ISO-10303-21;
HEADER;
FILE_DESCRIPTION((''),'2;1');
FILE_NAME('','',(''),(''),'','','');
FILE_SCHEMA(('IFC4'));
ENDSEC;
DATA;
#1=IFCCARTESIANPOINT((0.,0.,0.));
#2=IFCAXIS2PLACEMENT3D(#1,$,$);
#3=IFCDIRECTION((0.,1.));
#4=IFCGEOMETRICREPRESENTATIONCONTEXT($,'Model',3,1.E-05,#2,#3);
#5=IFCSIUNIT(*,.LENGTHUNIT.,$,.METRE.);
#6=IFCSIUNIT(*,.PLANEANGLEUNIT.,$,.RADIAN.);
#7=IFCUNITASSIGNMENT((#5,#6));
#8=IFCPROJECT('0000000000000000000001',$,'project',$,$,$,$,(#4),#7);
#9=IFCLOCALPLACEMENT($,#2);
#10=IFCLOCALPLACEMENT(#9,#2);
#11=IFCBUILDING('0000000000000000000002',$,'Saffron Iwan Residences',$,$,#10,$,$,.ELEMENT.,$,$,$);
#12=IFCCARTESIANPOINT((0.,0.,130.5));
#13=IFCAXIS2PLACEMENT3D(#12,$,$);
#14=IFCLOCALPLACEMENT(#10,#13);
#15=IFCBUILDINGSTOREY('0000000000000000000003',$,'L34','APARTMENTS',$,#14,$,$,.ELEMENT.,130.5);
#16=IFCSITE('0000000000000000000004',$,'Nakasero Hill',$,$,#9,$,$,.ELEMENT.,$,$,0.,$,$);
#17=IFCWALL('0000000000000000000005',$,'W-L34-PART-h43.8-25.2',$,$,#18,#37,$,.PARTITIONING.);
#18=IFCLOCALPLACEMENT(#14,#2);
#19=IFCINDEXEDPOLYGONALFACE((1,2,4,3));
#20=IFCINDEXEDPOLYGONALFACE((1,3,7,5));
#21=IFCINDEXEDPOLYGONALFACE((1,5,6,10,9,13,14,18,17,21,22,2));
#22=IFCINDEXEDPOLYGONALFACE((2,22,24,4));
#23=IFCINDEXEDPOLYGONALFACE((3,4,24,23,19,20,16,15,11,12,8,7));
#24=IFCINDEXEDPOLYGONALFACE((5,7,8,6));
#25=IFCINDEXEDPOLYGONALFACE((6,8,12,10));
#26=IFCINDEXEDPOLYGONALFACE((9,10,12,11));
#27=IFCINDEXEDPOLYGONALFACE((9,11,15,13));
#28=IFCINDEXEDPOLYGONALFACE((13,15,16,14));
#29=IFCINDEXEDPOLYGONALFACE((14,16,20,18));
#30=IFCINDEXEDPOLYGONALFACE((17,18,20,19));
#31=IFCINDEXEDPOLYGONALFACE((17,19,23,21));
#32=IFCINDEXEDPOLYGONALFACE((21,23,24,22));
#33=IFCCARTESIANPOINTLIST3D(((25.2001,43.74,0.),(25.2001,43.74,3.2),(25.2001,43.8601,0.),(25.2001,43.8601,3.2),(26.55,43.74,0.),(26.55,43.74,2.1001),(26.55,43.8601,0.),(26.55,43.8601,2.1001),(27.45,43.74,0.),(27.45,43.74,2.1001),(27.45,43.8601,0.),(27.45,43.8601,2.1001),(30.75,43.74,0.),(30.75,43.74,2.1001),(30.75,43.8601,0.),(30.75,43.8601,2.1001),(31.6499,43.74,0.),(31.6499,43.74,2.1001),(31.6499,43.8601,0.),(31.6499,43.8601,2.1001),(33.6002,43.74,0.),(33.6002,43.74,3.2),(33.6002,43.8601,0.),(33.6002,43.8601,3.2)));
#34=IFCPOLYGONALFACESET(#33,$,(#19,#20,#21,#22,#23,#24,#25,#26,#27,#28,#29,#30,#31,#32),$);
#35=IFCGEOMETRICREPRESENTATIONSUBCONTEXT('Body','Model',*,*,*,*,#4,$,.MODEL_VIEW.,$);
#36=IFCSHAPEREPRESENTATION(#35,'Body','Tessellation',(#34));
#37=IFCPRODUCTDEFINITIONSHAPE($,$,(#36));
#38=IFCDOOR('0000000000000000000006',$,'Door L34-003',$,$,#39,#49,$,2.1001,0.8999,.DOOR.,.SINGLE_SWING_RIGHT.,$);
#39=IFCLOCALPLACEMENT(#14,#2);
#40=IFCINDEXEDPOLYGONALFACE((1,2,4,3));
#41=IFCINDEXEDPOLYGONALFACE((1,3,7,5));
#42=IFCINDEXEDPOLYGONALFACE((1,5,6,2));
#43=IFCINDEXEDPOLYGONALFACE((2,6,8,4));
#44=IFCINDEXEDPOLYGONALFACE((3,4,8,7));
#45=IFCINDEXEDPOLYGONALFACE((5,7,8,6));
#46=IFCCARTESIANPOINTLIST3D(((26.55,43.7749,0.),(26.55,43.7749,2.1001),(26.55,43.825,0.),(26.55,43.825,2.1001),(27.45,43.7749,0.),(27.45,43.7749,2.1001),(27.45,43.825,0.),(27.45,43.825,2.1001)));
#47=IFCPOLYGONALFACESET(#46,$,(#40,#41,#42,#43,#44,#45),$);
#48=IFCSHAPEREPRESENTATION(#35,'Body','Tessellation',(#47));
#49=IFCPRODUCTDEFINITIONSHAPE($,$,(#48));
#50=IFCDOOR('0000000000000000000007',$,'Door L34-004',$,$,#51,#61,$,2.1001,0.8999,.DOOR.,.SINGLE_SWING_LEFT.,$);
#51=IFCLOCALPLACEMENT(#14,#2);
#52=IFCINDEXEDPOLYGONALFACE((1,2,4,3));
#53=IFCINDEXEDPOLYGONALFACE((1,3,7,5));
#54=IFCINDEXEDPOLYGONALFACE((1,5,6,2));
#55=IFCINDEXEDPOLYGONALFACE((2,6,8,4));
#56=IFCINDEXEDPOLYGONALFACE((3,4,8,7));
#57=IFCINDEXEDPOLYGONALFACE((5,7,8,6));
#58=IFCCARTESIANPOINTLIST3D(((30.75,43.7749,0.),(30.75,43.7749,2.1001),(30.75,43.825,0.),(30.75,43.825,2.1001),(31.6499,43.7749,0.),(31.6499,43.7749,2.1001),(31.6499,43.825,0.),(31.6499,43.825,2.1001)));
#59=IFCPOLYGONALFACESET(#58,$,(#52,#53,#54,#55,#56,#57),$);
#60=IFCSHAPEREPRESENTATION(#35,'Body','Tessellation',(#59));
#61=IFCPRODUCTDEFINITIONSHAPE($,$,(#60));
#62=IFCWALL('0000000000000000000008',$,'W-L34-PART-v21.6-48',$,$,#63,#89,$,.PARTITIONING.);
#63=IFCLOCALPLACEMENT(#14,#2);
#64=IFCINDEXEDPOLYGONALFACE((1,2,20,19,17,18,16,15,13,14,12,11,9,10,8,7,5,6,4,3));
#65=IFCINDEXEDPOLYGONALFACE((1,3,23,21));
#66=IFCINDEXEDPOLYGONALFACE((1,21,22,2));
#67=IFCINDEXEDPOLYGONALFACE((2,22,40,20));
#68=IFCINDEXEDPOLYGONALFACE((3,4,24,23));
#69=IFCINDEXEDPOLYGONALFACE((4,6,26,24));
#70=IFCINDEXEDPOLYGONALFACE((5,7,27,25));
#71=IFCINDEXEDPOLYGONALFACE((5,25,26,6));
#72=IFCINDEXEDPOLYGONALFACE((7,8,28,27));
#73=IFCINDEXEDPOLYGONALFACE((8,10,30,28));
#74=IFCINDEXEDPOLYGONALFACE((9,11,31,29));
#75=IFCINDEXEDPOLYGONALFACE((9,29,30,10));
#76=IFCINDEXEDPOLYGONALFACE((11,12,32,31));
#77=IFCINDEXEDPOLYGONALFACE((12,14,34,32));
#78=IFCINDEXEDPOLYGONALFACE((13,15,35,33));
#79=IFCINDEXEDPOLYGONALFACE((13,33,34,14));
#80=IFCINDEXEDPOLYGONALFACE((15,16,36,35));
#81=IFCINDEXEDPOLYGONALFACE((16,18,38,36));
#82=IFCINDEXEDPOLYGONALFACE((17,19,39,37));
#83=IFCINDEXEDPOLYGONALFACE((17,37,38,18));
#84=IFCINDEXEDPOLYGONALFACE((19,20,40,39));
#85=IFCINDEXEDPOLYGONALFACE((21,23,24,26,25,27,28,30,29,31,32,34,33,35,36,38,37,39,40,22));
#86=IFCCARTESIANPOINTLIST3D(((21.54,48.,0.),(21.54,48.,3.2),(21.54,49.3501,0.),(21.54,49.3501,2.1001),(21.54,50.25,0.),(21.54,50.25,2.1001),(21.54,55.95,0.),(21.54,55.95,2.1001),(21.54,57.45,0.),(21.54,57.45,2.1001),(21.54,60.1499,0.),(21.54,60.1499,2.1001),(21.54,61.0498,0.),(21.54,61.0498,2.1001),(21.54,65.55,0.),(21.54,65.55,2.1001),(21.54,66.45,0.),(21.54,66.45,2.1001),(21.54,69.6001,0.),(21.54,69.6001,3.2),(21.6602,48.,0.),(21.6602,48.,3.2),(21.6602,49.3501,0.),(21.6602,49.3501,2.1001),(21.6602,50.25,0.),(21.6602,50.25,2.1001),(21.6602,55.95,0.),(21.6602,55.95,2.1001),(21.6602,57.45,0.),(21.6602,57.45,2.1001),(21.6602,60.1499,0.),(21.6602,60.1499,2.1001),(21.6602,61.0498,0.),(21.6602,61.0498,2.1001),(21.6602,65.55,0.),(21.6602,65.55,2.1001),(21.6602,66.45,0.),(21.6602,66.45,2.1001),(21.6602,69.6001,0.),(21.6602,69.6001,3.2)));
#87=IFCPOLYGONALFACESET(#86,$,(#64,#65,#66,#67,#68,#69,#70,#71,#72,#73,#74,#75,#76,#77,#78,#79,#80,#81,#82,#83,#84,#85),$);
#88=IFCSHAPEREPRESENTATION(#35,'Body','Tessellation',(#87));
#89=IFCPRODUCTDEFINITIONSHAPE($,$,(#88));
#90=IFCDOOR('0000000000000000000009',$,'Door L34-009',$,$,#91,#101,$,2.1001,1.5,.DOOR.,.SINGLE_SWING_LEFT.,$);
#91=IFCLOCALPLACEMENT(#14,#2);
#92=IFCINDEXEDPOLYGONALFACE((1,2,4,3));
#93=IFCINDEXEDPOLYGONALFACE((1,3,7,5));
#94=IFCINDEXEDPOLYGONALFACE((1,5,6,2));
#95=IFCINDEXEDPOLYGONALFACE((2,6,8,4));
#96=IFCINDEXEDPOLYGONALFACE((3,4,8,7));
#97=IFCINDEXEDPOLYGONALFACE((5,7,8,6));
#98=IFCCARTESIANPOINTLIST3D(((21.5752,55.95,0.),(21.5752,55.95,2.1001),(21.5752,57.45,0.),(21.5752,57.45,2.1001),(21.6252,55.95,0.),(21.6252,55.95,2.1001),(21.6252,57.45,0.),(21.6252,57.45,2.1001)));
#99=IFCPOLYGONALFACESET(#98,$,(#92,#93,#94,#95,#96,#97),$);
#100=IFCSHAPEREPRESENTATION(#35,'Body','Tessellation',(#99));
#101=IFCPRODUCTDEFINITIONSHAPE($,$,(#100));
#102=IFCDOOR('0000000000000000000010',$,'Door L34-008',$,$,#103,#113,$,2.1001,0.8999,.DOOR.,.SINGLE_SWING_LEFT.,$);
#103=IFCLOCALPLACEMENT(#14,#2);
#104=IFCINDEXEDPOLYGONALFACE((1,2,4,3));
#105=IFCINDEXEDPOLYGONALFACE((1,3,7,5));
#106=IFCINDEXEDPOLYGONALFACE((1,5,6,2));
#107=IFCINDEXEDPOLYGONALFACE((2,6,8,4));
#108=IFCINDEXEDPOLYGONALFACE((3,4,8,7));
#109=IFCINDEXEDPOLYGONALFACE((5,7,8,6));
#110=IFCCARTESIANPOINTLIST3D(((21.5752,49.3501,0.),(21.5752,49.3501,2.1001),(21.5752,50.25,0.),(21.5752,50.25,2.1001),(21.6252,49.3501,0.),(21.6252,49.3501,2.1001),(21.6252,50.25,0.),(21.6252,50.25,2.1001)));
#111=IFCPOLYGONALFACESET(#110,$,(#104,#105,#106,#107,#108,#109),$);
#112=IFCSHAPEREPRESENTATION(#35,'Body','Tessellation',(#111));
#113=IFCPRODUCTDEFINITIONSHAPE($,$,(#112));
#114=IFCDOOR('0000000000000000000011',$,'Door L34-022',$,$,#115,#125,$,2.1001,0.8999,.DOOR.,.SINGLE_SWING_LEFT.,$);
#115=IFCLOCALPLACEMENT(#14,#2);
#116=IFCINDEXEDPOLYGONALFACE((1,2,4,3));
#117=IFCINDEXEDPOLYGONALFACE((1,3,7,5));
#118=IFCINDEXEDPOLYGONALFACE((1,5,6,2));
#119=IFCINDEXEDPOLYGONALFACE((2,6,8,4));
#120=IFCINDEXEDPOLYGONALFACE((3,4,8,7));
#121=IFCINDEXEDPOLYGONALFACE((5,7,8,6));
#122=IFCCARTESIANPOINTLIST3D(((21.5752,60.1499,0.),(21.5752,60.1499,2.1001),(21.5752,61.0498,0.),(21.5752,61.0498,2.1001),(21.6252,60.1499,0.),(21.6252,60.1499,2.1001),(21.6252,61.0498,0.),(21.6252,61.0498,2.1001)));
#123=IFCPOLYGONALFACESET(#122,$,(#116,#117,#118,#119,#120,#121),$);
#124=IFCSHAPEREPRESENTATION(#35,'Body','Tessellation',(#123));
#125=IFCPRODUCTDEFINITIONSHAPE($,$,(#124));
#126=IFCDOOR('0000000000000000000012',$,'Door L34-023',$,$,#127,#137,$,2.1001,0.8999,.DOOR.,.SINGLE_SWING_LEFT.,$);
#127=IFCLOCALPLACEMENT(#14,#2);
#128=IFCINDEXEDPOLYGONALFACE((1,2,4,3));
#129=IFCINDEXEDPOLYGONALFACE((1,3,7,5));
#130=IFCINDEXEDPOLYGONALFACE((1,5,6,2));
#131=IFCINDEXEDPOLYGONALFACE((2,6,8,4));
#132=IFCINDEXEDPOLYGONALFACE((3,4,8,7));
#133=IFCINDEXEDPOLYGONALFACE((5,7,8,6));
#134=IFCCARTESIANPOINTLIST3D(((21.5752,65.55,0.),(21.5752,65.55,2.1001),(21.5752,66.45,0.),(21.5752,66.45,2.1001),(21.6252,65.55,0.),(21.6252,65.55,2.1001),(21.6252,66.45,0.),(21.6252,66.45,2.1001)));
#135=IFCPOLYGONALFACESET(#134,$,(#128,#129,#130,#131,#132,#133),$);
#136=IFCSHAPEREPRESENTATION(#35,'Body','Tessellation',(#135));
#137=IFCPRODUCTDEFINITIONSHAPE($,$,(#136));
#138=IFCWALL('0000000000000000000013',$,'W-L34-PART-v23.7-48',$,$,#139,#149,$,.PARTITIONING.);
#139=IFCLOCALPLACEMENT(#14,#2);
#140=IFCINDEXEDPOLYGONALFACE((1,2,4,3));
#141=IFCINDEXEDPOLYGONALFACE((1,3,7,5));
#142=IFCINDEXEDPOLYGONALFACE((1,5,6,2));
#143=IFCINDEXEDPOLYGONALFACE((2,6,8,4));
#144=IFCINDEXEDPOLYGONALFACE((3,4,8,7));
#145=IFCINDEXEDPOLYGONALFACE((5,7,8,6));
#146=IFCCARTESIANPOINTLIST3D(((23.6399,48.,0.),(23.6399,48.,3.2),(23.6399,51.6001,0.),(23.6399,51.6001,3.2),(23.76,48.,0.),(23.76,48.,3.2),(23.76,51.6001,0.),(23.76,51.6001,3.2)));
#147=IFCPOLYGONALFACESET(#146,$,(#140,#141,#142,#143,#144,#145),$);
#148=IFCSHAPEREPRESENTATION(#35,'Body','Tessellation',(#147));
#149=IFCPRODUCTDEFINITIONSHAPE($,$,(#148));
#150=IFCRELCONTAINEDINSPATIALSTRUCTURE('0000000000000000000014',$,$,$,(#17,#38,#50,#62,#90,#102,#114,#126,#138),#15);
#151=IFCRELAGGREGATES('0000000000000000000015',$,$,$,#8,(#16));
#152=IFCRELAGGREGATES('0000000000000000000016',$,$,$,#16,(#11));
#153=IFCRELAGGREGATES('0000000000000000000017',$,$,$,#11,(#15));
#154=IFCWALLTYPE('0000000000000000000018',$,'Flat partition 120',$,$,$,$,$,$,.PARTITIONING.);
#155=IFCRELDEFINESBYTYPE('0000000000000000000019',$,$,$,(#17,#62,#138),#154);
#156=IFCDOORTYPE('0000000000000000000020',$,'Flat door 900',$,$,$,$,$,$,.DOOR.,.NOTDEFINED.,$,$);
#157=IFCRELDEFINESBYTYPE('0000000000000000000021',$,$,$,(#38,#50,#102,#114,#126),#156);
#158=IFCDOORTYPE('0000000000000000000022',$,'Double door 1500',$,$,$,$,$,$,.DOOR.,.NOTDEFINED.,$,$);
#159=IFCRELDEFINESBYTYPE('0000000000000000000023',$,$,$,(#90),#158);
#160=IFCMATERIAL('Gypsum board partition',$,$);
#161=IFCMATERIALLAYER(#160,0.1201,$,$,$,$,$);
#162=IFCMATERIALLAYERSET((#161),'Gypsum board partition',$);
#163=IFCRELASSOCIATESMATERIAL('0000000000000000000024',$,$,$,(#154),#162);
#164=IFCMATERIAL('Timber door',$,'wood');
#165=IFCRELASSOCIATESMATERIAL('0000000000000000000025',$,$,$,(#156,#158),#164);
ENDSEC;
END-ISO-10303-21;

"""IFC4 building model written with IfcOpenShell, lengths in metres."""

from ifc_helpers import new_model, si_unit, direction, frame, frame_2d, origin, place, context, subcontext, project, spatial, rectangle, extrude, material, layer, layer_set, type_object, element, fill, save


model = new_model("IFC4")

# Units and contexts
model_context = context("Model", 3, precision=1e-05, world=origin(), true_north=direction((0.0, 1.0)))
body_context = subcontext(model_context, "Body", "Model", "MODEL_VIEW")
ifc_project = project(units=[si_unit("LENGTHUNIT", "METRE"), si_unit("PLANEANGLEUNIT", "RADIAN")], contexts=[model_context])

# Site, building, storey
site_placement = place(None, origin())
site = spatial("IfcSite", under=ifc_project, at=site_placement, Name="Nakasero Hill", CompositionType="ELEMENT", RefElevation=0.0)
building_placement = place(site_placement, origin())
building = spatial("IfcBuilding", under=site, at=building_placement, Name="Saffron Iwan Residences", CompositionType="ELEMENT")
storey_placement = place(building_placement, frame((0.0, 0.0, 130.5)))
storey = spatial("IfcBuildingStorey", under=building, at=storey_placement, Name="L34", Description="APARTMENTS", CompositionType="ELEMENT", Elevation=130.5)

# Walls, openings, doors
ifc_material_1 = material(Name="Gypsum board partition")
ifc_layer_1 = layer(ifc_material_1, 0.1201)
ifc_layer_set_1 = layer_set([ifc_layer_1], Name="Gypsum board partition")
wall_type_1 = type_object("IfcWallType", Name="Flat partition 120", PredefinedType="PARTITIONING", material=ifc_layer_set_1)
wall_1_placement = place(storey_placement, frame((25.2, 43.8, 0.0), z_axis=(0.0, 0.0, 1.0), x_axis=(1.0, 0.0, 0.0)))
wall_1 = element("IfcWall", 1, at=wall_1_placement, inside=storey, type_object=wall_type_1, Name="W-L34-PART-h43.8-25.2", PredefinedType="PARTITIONING", context=body_context, shape_type="SweptSolid", body=[
    extrude(rectangle(XDim=8.4001, YDim=0.1201, at=frame_2d((4.2002, 0.0))), origin(), (0.0, 0.0, 1.0), 3.2),
])
opening_1_placement = place(wall_1_placement, frame((1.3501, 0.0, 0.0)))
opening_1 = element("IfcOpeningElement", 2, at=opening_1_placement, cuts=wall_1, PredefinedType="OPENING", context=body_context, shape_type="SweptSolid", body=[
    extrude(rectangle(XDim=0.8999, YDim=2.1001, at=frame_2d((0.45, 1.05))), frame((0.0, 0.0701, 0.0), z_axis=(0.0, -1.0, 0.0), x_axis=(1.0, 0.0, 0.0)), (0.0, 0.0, 1.0), 0.1401),
])
opening_2_placement = place(wall_1_placement, frame((5.55, 0.0, 0.0)))
opening_2 = element("IfcOpeningElement", 3, at=opening_2_placement, cuts=wall_1, PredefinedType="OPENING", context=body_context, shape_type="SweptSolid", body=[
    extrude(rectangle(XDim=0.8999, YDim=2.1001, at=frame_2d((0.45, 1.05))), frame((0.0, 0.0701, 0.0), z_axis=(0.0, -1.0, 0.0), x_axis=(1.0, 0.0, 0.0)), (0.0, 0.0, 1.0), 0.1401),
])
ifc_material_2 = material(Name="Timber door", Category="wood")
door_type_1 = type_object("IfcDoorType", Name="Flat door 900", OperationType="NOTDEFINED", PredefinedType="DOOR", material=ifc_material_2)
door_1_placement = place(opening_1_placement, origin())
door_1 = element("IfcDoor", 4, at=door_1_placement, inside=storey, type_object=door_type_1, Name="Door L34-003", OperationType="SINGLE_SWING_RIGHT", OverallHeight=2.1001, OverallWidth=0.8999, PredefinedType="DOOR", context=body_context, shape_type="SweptSolid", body=[
    extrude(rectangle(XDim=0.8999, YDim=2.1001, at=frame_2d((0.45, 1.05))), frame((0.0, 0.0249, 0.0), z_axis=(0.0, -1.0, 0.0), x_axis=(1.0, 0.0, 0.0)), (0.0, 0.0, 1.0), 0.05),
])
fill(opening_1, door_1)
door_2_placement = place(opening_2_placement, origin())
door_2 = element("IfcDoor", 5, at=door_2_placement, inside=storey, type_object=door_type_1, Name="Door L34-004", OperationType="SINGLE_SWING_LEFT", OverallHeight=2.1001, OverallWidth=0.8999, PredefinedType="DOOR", context=body_context, shape_type="SweptSolid", body=[
    extrude(rectangle(XDim=0.8999, YDim=2.1001, at=frame_2d((0.45, 1.05))), frame((0.0, 0.0249, 0.0), z_axis=(0.0, -1.0, 0.0), x_axis=(1.0, 0.0, 0.0)), (0.0, 0.0, 1.0), 0.05),
])
fill(opening_2, door_2)
wall_2_placement = place(storey_placement, frame((21.6001, 48.0, 0.0), z_axis=(0.0, 0.0, 1.0), x_axis=(0.0, 1.0, 0.0)))
wall_2 = element("IfcWall", 6, at=wall_2_placement, inside=storey, type_object=wall_type_1, Name="W-L34-PART-v21.6-48", PredefinedType="PARTITIONING", context=body_context, shape_type="SweptSolid", body=[
    extrude(rectangle(XDim=21.6001, YDim=0.1201, at=frame_2d((10.8, 0.0))), origin(), (0.0, 0.0, 1.0), 3.2),
])
opening_3_placement = place(wall_2_placement, frame((1.3501, 0.0, 0.0)))
opening_3 = element("IfcOpeningElement", 7, at=opening_3_placement, cuts=wall_2, PredefinedType="OPENING", context=body_context, shape_type="SweptSolid", body=[
    extrude(rectangle(XDim=0.8999, YDim=2.1001, at=frame_2d((0.45, 1.05))), frame((0.0, 0.0701, 0.0), z_axis=(0.0, -1.0, 0.0), x_axis=(1.0, 0.0, 0.0)), (0.0, 0.0, 1.0), 0.1401),
])
opening_4_placement = place(wall_2_placement, frame((7.95, 0.0, 0.0)))
opening_4 = element("IfcOpeningElement", 8, at=opening_4_placement, cuts=wall_2, PredefinedType="OPENING", context=body_context, shape_type="SweptSolid", body=[
    extrude(rectangle(XDim=1.5, YDim=2.1001, at=frame_2d((0.75, 1.05))), frame((0.0, 0.0701, 0.0), z_axis=(0.0, -1.0, 0.0), x_axis=(1.0, 0.0, 0.0)), (0.0, 0.0, 1.0), 0.1401),
])
opening_5_placement = place(wall_2_placement, frame((12.1499, 0.0, 0.0)))
opening_5 = element("IfcOpeningElement", 9, at=opening_5_placement, cuts=wall_2, PredefinedType="OPENING", context=body_context, shape_type="SweptSolid", body=[
    extrude(rectangle(XDim=0.8999, YDim=2.1001, at=frame_2d((0.45, 1.05))), frame((0.0, 0.0701, 0.0), z_axis=(0.0, -1.0, 0.0), x_axis=(1.0, 0.0, 0.0)), (0.0, 0.0, 1.0), 0.1401),
])
opening_6_placement = place(wall_2_placement, frame((17.55, 0.0, 0.0)))
opening_6 = element("IfcOpeningElement", 10, at=opening_6_placement, cuts=wall_2, PredefinedType="OPENING", context=body_context, shape_type="SweptSolid", body=[
    extrude(rectangle(XDim=0.8999, YDim=2.1001, at=frame_2d((0.45, 1.05))), frame((0.0, 0.0701, 0.0), z_axis=(0.0, -1.0, 0.0), x_axis=(1.0, 0.0, 0.0)), (0.0, 0.0, 1.0), 0.1401),
])
door_type_2 = type_object("IfcDoorType", Name="Double door 1500", OperationType="NOTDEFINED", PredefinedType="DOOR", material=ifc_material_2)
door_3_placement = place(opening_4_placement, origin())
door_3 = element("IfcDoor", 11, at=door_3_placement, inside=storey, type_object=door_type_2, Name="Door L34-009", OperationType="SINGLE_SWING_LEFT", OverallHeight=2.1001, OverallWidth=1.5, PredefinedType="DOOR", context=body_context, shape_type="SweptSolid", body=[
    extrude(rectangle(XDim=1.5, YDim=2.1001, at=frame_2d((0.75, 1.05))), frame((0.0, 0.0249, 0.0), z_axis=(0.0, -1.0, 0.0), x_axis=(1.0, 0.0, 0.0)), (0.0, 0.0, 1.0), 0.05),
])
fill(opening_4, door_3)
door_4_placement = place(opening_3_placement, origin())
door_4 = element("IfcDoor", 12, at=door_4_placement, inside=storey, type_object=door_type_1, Name="Door L34-008", OperationType="SINGLE_SWING_LEFT", OverallHeight=2.1001, OverallWidth=0.8999, PredefinedType="DOOR", context=body_context, shape_type="SweptSolid", body=[
    extrude(rectangle(XDim=0.8999, YDim=2.1001, at=frame_2d((0.45, 1.05))), frame((0.0, 0.0249, 0.0), z_axis=(0.0, -1.0, 0.0), x_axis=(1.0, 0.0, 0.0)), (0.0, 0.0, 1.0), 0.05),
])
fill(opening_3, door_4)
door_5_placement = place(opening_5_placement, origin())
door_5 = element("IfcDoor", 13, at=door_5_placement, inside=storey, type_object=door_type_1, Name="Door L34-022", OperationType="SINGLE_SWING_LEFT", OverallHeight=2.1001, OverallWidth=0.8999, PredefinedType="DOOR", context=body_context, shape_type="SweptSolid", body=[
    extrude(rectangle(XDim=0.8999, YDim=2.1001, at=frame_2d((0.45, 1.05))), frame((0.0, 0.0249, 0.0), z_axis=(0.0, -1.0, 0.0), x_axis=(1.0, 0.0, 0.0)), (0.0, 0.0, 1.0), 0.05),
])
fill(opening_5, door_5)
door_6_placement = place(opening_6_placement, origin())
door_6 = element("IfcDoor", 14, at=door_6_placement, inside=storey, type_object=door_type_1, Name="Door L34-023", OperationType="SINGLE_SWING_LEFT", OverallHeight=2.1001, OverallWidth=0.8999, PredefinedType="DOOR", context=body_context, shape_type="SweptSolid", body=[
    extrude(rectangle(XDim=0.8999, YDim=2.1001, at=frame_2d((0.45, 1.05))), frame((0.0, 0.0249, 0.0), z_axis=(0.0, -1.0, 0.0), x_axis=(1.0, 0.0, 0.0)), (0.0, 0.0, 1.0), 0.05),
])
fill(opening_6, door_6)

# Wall
wall_3_placement = place(storey_placement, frame((23.7, 48.0, 0.0), z_axis=(0.0, 0.0, 1.0), x_axis=(0.0, 1.0, 0.0)))
element("IfcWall", 15, at=wall_3_placement, inside=storey, type_object=wall_type_1, Name="W-L34-PART-v23.7-48", PredefinedType="PARTITIONING", context=body_context, shape_type="SweptSolid", body=[
    extrude(rectangle(XDim=3.6001, YDim=0.1201, at=frame_2d((1.8, 0.0))), origin(), (0.0, 0.0, 1.0), 3.2),
])

save(model, "model.ifc")
